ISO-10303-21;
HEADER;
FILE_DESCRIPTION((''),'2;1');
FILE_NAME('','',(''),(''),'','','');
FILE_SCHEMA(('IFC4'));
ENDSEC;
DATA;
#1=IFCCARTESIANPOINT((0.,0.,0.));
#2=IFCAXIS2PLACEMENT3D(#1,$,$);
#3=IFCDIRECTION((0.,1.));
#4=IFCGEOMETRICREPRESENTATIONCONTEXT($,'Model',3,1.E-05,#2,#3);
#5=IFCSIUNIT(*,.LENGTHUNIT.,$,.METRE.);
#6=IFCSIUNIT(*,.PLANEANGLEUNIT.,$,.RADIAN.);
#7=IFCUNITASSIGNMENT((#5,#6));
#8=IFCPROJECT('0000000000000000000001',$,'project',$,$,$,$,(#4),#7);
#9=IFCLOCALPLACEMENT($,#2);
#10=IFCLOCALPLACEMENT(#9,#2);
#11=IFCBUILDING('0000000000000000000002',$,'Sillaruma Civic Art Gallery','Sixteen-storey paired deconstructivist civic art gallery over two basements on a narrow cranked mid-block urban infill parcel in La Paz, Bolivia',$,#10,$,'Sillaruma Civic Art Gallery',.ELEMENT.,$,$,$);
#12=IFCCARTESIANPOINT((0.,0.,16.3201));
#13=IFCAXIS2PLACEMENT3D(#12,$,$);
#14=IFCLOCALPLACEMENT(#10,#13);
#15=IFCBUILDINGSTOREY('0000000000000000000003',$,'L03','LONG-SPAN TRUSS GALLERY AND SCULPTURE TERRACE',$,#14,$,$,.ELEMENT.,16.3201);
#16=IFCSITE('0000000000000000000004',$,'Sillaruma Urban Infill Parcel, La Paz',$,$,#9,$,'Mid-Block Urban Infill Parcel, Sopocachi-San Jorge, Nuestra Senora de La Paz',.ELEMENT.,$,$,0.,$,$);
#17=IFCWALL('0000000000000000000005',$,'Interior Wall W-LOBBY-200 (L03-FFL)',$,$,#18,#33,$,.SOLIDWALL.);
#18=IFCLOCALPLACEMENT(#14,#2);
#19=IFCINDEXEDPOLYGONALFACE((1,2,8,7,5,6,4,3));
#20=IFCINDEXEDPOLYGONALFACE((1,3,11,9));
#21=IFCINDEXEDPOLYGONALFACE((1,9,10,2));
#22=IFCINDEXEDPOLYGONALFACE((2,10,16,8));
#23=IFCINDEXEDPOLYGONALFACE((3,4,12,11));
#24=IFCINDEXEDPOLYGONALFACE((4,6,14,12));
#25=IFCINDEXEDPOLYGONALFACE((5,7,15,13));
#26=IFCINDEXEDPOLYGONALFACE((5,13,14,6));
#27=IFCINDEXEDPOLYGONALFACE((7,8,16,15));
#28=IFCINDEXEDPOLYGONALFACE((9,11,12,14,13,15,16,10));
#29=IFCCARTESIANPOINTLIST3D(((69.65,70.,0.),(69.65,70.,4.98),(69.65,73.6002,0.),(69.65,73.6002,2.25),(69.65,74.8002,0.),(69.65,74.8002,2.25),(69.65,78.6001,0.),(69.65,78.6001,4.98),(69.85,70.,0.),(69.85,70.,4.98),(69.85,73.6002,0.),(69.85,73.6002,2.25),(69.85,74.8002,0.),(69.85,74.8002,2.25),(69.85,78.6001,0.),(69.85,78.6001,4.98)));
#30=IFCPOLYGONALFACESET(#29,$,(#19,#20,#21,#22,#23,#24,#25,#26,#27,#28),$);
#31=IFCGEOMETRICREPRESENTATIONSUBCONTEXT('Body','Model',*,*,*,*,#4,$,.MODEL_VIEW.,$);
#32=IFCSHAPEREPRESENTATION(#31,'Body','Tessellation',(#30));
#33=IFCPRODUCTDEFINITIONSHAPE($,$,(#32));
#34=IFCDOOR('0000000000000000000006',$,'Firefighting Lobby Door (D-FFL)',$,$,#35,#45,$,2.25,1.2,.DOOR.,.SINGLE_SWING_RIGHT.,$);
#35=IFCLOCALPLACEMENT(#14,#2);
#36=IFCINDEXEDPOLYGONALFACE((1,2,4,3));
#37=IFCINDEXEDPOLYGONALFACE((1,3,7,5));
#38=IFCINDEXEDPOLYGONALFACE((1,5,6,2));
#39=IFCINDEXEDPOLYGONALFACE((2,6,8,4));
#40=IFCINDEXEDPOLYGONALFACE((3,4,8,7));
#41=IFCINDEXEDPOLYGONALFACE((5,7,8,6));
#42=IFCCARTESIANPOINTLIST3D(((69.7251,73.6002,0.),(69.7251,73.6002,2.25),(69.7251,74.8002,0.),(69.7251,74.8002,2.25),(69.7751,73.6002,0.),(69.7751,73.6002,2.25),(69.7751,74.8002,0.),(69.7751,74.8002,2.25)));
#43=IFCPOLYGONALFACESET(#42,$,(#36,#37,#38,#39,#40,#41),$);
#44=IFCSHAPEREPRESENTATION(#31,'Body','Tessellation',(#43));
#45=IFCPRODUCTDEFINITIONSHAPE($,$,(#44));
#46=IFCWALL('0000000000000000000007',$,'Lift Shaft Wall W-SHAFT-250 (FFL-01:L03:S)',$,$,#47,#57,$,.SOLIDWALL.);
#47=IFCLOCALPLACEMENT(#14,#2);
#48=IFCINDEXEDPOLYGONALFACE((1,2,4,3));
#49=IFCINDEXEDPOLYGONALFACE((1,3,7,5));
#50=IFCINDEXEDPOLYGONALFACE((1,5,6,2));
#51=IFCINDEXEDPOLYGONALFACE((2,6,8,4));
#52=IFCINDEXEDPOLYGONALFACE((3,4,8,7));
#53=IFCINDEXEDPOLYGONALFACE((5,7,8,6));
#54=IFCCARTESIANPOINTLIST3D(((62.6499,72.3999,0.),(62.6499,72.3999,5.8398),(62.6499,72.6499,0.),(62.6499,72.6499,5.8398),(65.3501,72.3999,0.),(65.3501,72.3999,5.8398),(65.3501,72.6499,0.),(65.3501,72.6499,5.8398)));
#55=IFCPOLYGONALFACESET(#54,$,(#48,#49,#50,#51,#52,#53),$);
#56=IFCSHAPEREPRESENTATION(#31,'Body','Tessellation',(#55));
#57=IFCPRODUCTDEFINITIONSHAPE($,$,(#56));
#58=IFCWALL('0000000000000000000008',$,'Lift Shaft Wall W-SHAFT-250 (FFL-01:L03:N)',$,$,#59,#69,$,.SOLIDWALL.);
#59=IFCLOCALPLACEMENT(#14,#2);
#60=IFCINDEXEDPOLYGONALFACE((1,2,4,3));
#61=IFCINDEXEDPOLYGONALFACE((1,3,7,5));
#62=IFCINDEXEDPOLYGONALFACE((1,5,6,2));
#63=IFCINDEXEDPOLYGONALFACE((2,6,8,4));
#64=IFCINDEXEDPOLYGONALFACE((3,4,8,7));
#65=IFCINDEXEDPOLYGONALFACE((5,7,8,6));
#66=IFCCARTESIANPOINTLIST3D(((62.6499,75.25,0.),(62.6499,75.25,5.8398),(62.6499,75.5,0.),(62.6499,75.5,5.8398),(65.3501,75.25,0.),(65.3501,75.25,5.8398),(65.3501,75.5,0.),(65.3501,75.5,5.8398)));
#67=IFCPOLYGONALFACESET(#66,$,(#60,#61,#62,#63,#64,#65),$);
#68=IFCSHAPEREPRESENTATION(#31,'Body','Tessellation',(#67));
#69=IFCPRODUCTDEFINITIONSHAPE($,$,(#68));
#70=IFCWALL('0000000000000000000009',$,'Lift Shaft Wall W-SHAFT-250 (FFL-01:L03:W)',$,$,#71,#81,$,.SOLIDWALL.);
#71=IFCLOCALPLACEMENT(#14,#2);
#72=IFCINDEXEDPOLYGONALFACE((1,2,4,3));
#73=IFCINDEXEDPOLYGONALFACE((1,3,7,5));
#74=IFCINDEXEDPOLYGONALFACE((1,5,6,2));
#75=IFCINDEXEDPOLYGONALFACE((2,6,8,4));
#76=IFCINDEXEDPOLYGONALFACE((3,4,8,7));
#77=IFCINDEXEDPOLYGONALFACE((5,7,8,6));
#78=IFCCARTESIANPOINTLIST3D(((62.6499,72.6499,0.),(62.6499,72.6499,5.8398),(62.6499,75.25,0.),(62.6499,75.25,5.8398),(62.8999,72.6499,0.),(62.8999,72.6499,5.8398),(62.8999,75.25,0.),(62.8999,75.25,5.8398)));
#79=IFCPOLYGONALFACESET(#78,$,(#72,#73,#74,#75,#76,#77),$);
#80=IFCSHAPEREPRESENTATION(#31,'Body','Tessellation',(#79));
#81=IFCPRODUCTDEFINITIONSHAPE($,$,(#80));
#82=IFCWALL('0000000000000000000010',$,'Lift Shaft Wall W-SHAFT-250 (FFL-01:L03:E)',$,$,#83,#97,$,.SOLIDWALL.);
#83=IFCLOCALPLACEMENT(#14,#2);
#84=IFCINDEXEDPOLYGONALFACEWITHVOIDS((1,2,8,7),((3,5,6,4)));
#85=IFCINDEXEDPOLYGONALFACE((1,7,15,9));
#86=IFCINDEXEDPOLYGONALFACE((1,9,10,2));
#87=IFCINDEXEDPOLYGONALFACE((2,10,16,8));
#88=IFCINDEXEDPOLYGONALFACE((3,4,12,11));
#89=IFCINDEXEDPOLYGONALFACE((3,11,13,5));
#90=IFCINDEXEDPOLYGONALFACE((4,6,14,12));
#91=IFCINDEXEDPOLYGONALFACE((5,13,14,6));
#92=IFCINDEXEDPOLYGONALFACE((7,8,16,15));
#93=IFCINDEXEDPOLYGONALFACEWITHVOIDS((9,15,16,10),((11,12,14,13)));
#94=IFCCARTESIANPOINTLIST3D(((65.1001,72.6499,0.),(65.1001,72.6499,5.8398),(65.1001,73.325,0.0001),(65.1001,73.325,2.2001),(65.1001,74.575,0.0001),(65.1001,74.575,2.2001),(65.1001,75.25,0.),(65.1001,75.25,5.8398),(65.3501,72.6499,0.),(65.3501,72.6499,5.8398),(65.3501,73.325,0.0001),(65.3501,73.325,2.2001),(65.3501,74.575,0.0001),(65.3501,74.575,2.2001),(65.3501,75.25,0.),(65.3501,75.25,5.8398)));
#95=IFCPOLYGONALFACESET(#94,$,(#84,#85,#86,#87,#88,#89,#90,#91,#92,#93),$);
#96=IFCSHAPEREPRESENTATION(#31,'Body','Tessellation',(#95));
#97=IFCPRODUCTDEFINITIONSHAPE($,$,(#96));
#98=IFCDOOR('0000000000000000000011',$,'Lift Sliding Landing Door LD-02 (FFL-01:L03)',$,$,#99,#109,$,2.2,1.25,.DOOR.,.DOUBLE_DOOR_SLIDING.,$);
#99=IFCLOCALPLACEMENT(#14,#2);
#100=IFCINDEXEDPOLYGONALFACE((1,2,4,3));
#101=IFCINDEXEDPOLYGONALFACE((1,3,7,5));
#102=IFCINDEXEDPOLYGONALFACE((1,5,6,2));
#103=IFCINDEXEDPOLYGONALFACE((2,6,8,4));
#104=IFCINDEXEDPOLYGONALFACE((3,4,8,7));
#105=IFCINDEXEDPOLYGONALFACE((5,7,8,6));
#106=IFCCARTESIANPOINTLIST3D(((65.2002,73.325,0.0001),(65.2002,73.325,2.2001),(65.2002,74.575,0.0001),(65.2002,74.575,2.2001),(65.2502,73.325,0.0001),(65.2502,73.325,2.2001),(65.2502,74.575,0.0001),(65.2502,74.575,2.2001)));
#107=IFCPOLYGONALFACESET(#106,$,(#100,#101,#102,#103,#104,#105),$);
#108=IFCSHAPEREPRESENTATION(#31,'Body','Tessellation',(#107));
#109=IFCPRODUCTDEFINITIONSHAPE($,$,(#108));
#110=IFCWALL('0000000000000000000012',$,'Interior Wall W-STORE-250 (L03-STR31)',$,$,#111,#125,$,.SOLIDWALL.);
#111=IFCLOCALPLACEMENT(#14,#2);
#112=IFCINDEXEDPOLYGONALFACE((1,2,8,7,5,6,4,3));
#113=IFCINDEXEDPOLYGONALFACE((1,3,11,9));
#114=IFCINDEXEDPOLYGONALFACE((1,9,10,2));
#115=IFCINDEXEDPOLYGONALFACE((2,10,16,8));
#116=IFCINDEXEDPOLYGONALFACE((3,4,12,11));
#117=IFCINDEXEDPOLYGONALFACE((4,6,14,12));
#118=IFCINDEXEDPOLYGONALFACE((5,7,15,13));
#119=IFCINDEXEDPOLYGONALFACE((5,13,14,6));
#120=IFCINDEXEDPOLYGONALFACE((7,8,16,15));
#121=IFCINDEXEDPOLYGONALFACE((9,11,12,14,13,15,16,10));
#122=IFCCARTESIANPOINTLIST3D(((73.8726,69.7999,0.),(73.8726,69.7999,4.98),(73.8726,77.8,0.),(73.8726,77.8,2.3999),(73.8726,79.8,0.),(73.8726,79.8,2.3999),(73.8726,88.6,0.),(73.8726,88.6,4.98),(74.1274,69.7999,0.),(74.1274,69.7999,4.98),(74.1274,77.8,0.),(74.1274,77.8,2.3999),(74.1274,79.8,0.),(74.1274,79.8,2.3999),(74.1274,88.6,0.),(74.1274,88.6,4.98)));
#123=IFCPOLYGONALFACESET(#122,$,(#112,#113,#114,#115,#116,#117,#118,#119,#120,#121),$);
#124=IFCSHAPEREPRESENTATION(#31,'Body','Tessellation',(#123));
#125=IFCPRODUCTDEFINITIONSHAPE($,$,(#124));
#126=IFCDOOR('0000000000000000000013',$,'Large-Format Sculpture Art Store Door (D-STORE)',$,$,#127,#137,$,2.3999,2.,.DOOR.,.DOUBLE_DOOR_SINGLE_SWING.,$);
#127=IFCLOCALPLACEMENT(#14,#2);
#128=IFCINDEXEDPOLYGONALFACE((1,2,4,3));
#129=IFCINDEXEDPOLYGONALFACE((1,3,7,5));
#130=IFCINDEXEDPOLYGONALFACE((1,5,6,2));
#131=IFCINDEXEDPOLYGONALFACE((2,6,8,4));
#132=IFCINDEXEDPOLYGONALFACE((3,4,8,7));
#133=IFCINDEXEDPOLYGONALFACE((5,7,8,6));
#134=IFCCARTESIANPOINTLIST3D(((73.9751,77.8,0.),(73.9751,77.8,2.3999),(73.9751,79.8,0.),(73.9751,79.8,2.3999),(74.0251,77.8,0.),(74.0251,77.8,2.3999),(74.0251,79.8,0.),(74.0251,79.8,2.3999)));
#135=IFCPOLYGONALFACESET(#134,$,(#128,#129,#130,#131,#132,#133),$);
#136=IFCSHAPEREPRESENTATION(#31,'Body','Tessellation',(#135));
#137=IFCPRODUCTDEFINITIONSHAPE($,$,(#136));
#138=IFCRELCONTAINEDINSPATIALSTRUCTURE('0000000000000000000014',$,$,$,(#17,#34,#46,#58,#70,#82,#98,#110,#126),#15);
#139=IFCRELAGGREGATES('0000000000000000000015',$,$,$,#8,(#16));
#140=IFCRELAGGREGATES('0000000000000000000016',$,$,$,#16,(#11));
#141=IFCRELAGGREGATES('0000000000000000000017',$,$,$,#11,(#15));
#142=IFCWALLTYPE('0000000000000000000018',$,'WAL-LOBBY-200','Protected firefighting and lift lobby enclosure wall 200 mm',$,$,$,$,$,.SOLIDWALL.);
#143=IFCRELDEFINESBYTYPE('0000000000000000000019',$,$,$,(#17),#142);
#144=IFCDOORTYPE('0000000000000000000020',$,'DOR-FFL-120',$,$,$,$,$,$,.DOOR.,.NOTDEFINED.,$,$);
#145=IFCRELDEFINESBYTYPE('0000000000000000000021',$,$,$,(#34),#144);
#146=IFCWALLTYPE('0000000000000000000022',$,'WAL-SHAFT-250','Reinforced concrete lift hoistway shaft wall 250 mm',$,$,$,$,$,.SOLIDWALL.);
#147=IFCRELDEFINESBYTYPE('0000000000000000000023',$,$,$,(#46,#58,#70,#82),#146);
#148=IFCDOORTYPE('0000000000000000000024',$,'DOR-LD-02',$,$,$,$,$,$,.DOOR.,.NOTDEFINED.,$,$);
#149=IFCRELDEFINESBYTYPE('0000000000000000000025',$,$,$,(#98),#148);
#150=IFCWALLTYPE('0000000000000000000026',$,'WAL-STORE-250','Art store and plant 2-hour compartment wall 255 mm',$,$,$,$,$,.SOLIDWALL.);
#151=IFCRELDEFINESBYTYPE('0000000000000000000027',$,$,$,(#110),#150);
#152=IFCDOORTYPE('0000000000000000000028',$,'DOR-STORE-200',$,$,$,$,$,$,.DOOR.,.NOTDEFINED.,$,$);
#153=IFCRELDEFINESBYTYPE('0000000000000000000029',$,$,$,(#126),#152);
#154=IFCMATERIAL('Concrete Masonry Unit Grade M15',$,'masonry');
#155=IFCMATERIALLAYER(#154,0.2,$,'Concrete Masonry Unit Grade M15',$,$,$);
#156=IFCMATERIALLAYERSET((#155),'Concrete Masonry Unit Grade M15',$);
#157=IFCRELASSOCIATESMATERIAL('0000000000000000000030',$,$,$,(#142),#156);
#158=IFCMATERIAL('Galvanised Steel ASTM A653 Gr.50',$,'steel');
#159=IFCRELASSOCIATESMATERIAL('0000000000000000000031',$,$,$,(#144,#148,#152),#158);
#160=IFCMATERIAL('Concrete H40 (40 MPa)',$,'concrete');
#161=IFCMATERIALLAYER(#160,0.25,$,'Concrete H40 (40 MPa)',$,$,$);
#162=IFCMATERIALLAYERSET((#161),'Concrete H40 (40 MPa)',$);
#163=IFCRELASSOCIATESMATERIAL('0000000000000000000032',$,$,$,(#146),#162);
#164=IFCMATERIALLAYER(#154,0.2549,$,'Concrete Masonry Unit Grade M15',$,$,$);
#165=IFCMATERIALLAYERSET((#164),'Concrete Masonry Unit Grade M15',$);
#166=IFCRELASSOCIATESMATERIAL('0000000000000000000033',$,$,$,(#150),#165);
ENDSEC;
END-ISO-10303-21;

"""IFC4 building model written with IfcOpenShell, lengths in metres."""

from ifc_helpers import new_model, si_unit, direction, frame, frame_2d, origin, place, context, subcontext, project, spatial, rectangle, extrude, material, layer, layer_set, type_object, element, fill, save


model = new_model("IFC4")

# Units and contexts
model_context = context("Model", 3, precision=1e-05, world=origin(), true_north=direction((0.0, 1.0)))
body_context = subcontext(model_context, "Body", "Model", "MODEL_VIEW")
ifc_project = project(units=[si_unit("LENGTHUNIT", "METRE"), si_unit("PLANEANGLEUNIT", "RADIAN")], contexts=[model_context])

# Site, building, storey
site_placement = place(None, origin())
site = spatial("IfcSite", under=ifc_project, at=site_placement, Name="Sillaruma Urban Infill Parcel, La Paz", LongName="Mid-Block Urban Infill Parcel, Sopocachi-San Jorge, Nuestra Senora de La Paz", CompositionType="ELEMENT", RefElevation=0.0)
building_placement = place(site_placement, origin())
building = spatial("IfcBuilding", under=site, at=building_placement, Name="Sillaruma Civic Art Gallery", Description="Sixteen-storey paired deconstructivist civic art gallery over two basements on a narrow cranked mid-block urban infill parcel in La Paz, Bolivia", LongName="Sillaruma Civic Art Gallery", CompositionType="ELEMENT")
storey_placement = place(building_placement, frame((0.0, 0.0, 16.3201)))
storey = spatial("IfcBuildingStorey", under=building, at=storey_placement, Name="L03", Description="LONG-SPAN TRUSS GALLERY AND SCULPTURE TERRACE", CompositionType="ELEMENT", Elevation=16.3201)

# Shared definitions
ifc_material_1 = material(Name="Concrete H40 (40 MPa)", Category="concrete")

# Shared definitions
ifc_material_2 = material(Name="Concrete Masonry Unit Grade M15", Category="masonry")
ifc_layer_1 = layer(ifc_material_2, 0.2, Name="Concrete Masonry Unit Grade M15")
ifc_layer_set_1 = layer_set([ifc_layer_1], Name="Concrete Masonry Unit Grade M15")
wall_type_1 = type_object("IfcWallType", Name="WAL-LOBBY-200", Description="Protected firefighting and lift lobby enclosure wall 200 mm", PredefinedType="SOLIDWALL", material=ifc_layer_set_1)

# Wall, opening, door
wall_1_placement = place(storey_placement, frame((69.75, 70.0, 0.0), z_axis=(0.0, 0.0, 1.0), x_axis=(0.0, 1.0, 0.0)))
wall_1 = element("IfcWall", 1, at=wall_1_placement, inside=storey, type_object=wall_type_1, Name="Interior Wall W-LOBBY-200 (L03-FFL)", PredefinedType="SOLIDWALL", context=body_context, shape_type="SweptSolid", body=[
    extrude(rectangle(XDim=8.6001, YDim=0.2, at=frame_2d((4.3, 0.0))), origin(), (0.0, 0.0, 1.0), 4.98),
])
opening_1_placement = place(wall_1_placement, frame((3.6001, 0.0, 0.0)))
opening_1 = element("IfcOpeningElement", 2, at=opening_1_placement, cuts=wall_1, PredefinedType="OPENING", context=body_context, shape_type="SweptSolid", body=[
    extrude(rectangle(XDim=1.2, YDim=2.25, at=frame_2d((0.6001, 1.125))), frame((0.0, 0.1099, 0.0), z_axis=(0.0, -1.0, 0.0), x_axis=(1.0, 0.0, 0.0)), (0.0, 0.0, 1.0), 0.22),
])
ifc_material_3 = material(Name="Galvanised Steel ASTM A653 Gr.50", Category="steel")
door_type_1 = type_object("IfcDoorType", Name="DOR-FFL-120", OperationType="NOTDEFINED", PredefinedType="DOOR", material=ifc_material_3)
door_1_placement = place(opening_1_placement, origin())
door_1 = element("IfcDoor", 3, at=door_1_placement, inside=storey, type_object=door_type_1, Name="Firefighting Lobby Door (D-FFL)", OperationType="SINGLE_SWING_RIGHT", OverallHeight=2.25, OverallWidth=1.2, PredefinedType="DOOR", context=body_context, shape_type="SweptSolid", body=[
    extrude(rectangle(XDim=1.2, YDim=2.25, at=frame_2d((0.6001, 1.125))), frame((0.0, 0.0249, 0.0), z_axis=(0.0, -1.0, 0.0), x_axis=(1.0, 0.0, 0.0)), (0.0, 0.0, 1.0), 0.05),
])
fill(opening_1, door_1)

# Walls
ifc_layer_2 = layer(ifc_material_1, 0.25, Name="Concrete H40 (40 MPa)")
ifc_layer_set_2 = layer_set([ifc_layer_2], Name="Concrete H40 (40 MPa)")
wall_type_2 = type_object("IfcWallType", Name="WAL-SHAFT-250", Description="Reinforced concrete lift hoistway shaft wall 250 mm", PredefinedType="SOLIDWALL", material=ifc_layer_set_2)
for number, where, z_axis, x_axis, name in (
    (4, (62.6499, 72.5249, 0.0), (0.0, 0.0, 1.0), (1.0, 0.0, 0.0), "Lift Shaft Wall W-SHAFT-250 (FFL-01:L03:S)"),
    (5, (62.6499, 75.375, 0.0), (0.0, 0.0, 1.0), (1.0, 0.0, 0.0), "Lift Shaft Wall W-SHAFT-250 (FFL-01:L03:N)"),
):
    element("IfcWall", number, at=place(storey_placement, frame(where, z_axis=z_axis, x_axis=x_axis)), inside=storey, type_object=wall_type_2, Name=name, PredefinedType="SOLIDWALL", context=body_context, shape_type="SweptSolid", body=[
        extrude(rectangle(XDim=2.7002, YDim=0.25, at=frame_2d((1.3501, 0.0))), origin(), (0.0, 0.0, 1.0), 5.8398),
    ])
wall_2_placement = place(storey_placement, frame((62.7749, 72.6499, 0.0), z_axis=(0.0, 0.0, 1.0), x_axis=(0.0, 1.0, 0.0)))
element("IfcWall", 6, at=wall_2_placement, inside=storey, type_object=wall_type_2, Name="Lift Shaft Wall W-SHAFT-250 (FFL-01:L03:W)", PredefinedType="SOLIDWALL", context=body_context, shape_type="SweptSolid", body=[
    extrude(rectangle(XDim=2.6001, YDim=0.25, at=frame_2d((1.3, 0.0))), origin(), (0.0, 0.0, 1.0), 5.8398),
])

# Walls, openings, doors
wall_3_placement = place(storey_placement, frame((65.2251, 72.6499, 0.0), z_axis=(0.0, 0.0, 1.0), x_axis=(0.0, 1.0, 0.0)))
wall_3 = element("IfcWall", 7, at=wall_3_placement, inside=storey, type_object=wall_type_2, Name="Lift Shaft Wall W-SHAFT-250 (FFL-01:L03:E)", PredefinedType="SOLIDWALL", context=body_context, shape_type="SweptSolid", body=[
    extrude(rectangle(XDim=2.6001, YDim=0.25, at=frame_2d((1.3, 0.0))), origin(), (0.0, 0.0, 1.0), 5.8398),
])
opening_2_placement = place(wall_3_placement, frame((0.675, 0.0, 0.0)))
opening_2 = element("IfcOpeningElement", 8, at=opening_2_placement, cuts=wall_3, PredefinedType="OPENING", context=body_context, shape_type="SweptSolid", body=[
    extrude(rectangle(XDim=1.25, YDim=2.2, at=frame_2d((0.625, 1.1001))), frame((0.0, 0.135, 0.0), z_axis=(0.0, -1.0, 0.0), x_axis=(1.0, 0.0, 0.0)), (0.0, 0.0, 1.0), 0.27),
])
door_type_2 = type_object("IfcDoorType", Name="DOR-LD-02", OperationType="NOTDEFINED", PredefinedType="DOOR", material=ifc_material_3)
door_2_placement = place(opening_2_placement, origin())
door_2 = element("IfcDoor", 9, at=door_2_placement, inside=storey, type_object=door_type_2, Name="Lift Sliding Landing Door LD-02 (FFL-01:L03)", OperationType="DOUBLE_DOOR_SLIDING", OverallHeight=2.2, OverallWidth=1.25, PredefinedType="DOOR", context=body_context, shape_type="SweptSolid", body=[
    extrude(rectangle(XDim=1.25, YDim=2.2, at=frame_2d((0.625, 1.1001))), frame((0.0, 0.0249, 0.0), z_axis=(0.0, -1.0, 0.0), x_axis=(1.0, 0.0, 0.0)), (0.0, 0.0, 1.0), 0.05),
])
fill(opening_2, door_2)
ifc_layer_3 = layer(ifc_material_2, 0.2549, Name="Concrete Masonry Unit Grade M15")
ifc_layer_set_3 = layer_set([ifc_layer_3], Name="Concrete Masonry Unit Grade M15")
wall_type_3 = type_object("IfcWallType", Name="WAL-STORE-250", Description="Art store and plant 2-hour compartment wall 255 mm", PredefinedType="SOLIDWALL", material=ifc_layer_set_3)
wall_4_placement = place(storey_placement, frame((74.0, 69.8, 0.0), z_axis=(0.0, 0.0, 1.0), x_axis=(0.0, 1.0, 0.0)))
wall_4 = element("IfcWall", 10, at=wall_4_placement, inside=storey, type_object=wall_type_3, Name="Interior Wall W-STORE-250 (L03-STR31)", PredefinedType="SOLIDWALL", context=body_context, shape_type="SweptSolid", body=[
    extrude(rectangle(XDim=18.8, YDim=0.2549, at=frame_2d((9.3999, 0.0))), origin(), (0.0, 0.0, 1.0), 4.98),
])
opening_3_placement = place(wall_4_placement, frame((8.0, 0.0, 0.0)))
opening_3 = element("IfcOpeningElement", 11, at=opening_3_placement, cuts=wall_4, PredefinedType="OPENING", context=body_context, shape_type="SweptSolid", body=[
    extrude(rectangle(XDim=2.0, YDim=2.3999, at=frame_2d((1.0, 1.2))), frame((0.0, 0.1375, 0.0), z_axis=(0.0, -1.0, 0.0), x_axis=(1.0, 0.0, 0.0)), (0.0, 0.0, 1.0), 0.2749),
])
door_type_3 = type_object("IfcDoorType", Name="DOR-STORE-200", OperationType="NOTDEFINED", PredefinedType="DOOR", material=ifc_material_3)
door_3_placement = place(opening_3_placement, origin())
door_3 = element("IfcDoor", 12, at=door_3_placement, inside=storey, type_object=door_type_3, Name="Large-Format Sculpture Art Store Door (D-STORE)", OperationType="DOUBLE_DOOR_SINGLE_SWING", OverallHeight=2.3999, OverallWidth=2.0, PredefinedType="DOOR", context=body_context, shape_type="SweptSolid", body=[
    extrude(rectangle(XDim=2.0, YDim=2.3999, at=frame_2d((1.0, 1.2))), frame((0.0, 0.0249, 0.0), z_axis=(0.0, -1.0, 0.0), x_axis=(1.0, 0.0, 0.0)), (0.0, 0.0, 1.0), 0.05),
])
fill(opening_3, door_3)

save(model, "model.ifc")
